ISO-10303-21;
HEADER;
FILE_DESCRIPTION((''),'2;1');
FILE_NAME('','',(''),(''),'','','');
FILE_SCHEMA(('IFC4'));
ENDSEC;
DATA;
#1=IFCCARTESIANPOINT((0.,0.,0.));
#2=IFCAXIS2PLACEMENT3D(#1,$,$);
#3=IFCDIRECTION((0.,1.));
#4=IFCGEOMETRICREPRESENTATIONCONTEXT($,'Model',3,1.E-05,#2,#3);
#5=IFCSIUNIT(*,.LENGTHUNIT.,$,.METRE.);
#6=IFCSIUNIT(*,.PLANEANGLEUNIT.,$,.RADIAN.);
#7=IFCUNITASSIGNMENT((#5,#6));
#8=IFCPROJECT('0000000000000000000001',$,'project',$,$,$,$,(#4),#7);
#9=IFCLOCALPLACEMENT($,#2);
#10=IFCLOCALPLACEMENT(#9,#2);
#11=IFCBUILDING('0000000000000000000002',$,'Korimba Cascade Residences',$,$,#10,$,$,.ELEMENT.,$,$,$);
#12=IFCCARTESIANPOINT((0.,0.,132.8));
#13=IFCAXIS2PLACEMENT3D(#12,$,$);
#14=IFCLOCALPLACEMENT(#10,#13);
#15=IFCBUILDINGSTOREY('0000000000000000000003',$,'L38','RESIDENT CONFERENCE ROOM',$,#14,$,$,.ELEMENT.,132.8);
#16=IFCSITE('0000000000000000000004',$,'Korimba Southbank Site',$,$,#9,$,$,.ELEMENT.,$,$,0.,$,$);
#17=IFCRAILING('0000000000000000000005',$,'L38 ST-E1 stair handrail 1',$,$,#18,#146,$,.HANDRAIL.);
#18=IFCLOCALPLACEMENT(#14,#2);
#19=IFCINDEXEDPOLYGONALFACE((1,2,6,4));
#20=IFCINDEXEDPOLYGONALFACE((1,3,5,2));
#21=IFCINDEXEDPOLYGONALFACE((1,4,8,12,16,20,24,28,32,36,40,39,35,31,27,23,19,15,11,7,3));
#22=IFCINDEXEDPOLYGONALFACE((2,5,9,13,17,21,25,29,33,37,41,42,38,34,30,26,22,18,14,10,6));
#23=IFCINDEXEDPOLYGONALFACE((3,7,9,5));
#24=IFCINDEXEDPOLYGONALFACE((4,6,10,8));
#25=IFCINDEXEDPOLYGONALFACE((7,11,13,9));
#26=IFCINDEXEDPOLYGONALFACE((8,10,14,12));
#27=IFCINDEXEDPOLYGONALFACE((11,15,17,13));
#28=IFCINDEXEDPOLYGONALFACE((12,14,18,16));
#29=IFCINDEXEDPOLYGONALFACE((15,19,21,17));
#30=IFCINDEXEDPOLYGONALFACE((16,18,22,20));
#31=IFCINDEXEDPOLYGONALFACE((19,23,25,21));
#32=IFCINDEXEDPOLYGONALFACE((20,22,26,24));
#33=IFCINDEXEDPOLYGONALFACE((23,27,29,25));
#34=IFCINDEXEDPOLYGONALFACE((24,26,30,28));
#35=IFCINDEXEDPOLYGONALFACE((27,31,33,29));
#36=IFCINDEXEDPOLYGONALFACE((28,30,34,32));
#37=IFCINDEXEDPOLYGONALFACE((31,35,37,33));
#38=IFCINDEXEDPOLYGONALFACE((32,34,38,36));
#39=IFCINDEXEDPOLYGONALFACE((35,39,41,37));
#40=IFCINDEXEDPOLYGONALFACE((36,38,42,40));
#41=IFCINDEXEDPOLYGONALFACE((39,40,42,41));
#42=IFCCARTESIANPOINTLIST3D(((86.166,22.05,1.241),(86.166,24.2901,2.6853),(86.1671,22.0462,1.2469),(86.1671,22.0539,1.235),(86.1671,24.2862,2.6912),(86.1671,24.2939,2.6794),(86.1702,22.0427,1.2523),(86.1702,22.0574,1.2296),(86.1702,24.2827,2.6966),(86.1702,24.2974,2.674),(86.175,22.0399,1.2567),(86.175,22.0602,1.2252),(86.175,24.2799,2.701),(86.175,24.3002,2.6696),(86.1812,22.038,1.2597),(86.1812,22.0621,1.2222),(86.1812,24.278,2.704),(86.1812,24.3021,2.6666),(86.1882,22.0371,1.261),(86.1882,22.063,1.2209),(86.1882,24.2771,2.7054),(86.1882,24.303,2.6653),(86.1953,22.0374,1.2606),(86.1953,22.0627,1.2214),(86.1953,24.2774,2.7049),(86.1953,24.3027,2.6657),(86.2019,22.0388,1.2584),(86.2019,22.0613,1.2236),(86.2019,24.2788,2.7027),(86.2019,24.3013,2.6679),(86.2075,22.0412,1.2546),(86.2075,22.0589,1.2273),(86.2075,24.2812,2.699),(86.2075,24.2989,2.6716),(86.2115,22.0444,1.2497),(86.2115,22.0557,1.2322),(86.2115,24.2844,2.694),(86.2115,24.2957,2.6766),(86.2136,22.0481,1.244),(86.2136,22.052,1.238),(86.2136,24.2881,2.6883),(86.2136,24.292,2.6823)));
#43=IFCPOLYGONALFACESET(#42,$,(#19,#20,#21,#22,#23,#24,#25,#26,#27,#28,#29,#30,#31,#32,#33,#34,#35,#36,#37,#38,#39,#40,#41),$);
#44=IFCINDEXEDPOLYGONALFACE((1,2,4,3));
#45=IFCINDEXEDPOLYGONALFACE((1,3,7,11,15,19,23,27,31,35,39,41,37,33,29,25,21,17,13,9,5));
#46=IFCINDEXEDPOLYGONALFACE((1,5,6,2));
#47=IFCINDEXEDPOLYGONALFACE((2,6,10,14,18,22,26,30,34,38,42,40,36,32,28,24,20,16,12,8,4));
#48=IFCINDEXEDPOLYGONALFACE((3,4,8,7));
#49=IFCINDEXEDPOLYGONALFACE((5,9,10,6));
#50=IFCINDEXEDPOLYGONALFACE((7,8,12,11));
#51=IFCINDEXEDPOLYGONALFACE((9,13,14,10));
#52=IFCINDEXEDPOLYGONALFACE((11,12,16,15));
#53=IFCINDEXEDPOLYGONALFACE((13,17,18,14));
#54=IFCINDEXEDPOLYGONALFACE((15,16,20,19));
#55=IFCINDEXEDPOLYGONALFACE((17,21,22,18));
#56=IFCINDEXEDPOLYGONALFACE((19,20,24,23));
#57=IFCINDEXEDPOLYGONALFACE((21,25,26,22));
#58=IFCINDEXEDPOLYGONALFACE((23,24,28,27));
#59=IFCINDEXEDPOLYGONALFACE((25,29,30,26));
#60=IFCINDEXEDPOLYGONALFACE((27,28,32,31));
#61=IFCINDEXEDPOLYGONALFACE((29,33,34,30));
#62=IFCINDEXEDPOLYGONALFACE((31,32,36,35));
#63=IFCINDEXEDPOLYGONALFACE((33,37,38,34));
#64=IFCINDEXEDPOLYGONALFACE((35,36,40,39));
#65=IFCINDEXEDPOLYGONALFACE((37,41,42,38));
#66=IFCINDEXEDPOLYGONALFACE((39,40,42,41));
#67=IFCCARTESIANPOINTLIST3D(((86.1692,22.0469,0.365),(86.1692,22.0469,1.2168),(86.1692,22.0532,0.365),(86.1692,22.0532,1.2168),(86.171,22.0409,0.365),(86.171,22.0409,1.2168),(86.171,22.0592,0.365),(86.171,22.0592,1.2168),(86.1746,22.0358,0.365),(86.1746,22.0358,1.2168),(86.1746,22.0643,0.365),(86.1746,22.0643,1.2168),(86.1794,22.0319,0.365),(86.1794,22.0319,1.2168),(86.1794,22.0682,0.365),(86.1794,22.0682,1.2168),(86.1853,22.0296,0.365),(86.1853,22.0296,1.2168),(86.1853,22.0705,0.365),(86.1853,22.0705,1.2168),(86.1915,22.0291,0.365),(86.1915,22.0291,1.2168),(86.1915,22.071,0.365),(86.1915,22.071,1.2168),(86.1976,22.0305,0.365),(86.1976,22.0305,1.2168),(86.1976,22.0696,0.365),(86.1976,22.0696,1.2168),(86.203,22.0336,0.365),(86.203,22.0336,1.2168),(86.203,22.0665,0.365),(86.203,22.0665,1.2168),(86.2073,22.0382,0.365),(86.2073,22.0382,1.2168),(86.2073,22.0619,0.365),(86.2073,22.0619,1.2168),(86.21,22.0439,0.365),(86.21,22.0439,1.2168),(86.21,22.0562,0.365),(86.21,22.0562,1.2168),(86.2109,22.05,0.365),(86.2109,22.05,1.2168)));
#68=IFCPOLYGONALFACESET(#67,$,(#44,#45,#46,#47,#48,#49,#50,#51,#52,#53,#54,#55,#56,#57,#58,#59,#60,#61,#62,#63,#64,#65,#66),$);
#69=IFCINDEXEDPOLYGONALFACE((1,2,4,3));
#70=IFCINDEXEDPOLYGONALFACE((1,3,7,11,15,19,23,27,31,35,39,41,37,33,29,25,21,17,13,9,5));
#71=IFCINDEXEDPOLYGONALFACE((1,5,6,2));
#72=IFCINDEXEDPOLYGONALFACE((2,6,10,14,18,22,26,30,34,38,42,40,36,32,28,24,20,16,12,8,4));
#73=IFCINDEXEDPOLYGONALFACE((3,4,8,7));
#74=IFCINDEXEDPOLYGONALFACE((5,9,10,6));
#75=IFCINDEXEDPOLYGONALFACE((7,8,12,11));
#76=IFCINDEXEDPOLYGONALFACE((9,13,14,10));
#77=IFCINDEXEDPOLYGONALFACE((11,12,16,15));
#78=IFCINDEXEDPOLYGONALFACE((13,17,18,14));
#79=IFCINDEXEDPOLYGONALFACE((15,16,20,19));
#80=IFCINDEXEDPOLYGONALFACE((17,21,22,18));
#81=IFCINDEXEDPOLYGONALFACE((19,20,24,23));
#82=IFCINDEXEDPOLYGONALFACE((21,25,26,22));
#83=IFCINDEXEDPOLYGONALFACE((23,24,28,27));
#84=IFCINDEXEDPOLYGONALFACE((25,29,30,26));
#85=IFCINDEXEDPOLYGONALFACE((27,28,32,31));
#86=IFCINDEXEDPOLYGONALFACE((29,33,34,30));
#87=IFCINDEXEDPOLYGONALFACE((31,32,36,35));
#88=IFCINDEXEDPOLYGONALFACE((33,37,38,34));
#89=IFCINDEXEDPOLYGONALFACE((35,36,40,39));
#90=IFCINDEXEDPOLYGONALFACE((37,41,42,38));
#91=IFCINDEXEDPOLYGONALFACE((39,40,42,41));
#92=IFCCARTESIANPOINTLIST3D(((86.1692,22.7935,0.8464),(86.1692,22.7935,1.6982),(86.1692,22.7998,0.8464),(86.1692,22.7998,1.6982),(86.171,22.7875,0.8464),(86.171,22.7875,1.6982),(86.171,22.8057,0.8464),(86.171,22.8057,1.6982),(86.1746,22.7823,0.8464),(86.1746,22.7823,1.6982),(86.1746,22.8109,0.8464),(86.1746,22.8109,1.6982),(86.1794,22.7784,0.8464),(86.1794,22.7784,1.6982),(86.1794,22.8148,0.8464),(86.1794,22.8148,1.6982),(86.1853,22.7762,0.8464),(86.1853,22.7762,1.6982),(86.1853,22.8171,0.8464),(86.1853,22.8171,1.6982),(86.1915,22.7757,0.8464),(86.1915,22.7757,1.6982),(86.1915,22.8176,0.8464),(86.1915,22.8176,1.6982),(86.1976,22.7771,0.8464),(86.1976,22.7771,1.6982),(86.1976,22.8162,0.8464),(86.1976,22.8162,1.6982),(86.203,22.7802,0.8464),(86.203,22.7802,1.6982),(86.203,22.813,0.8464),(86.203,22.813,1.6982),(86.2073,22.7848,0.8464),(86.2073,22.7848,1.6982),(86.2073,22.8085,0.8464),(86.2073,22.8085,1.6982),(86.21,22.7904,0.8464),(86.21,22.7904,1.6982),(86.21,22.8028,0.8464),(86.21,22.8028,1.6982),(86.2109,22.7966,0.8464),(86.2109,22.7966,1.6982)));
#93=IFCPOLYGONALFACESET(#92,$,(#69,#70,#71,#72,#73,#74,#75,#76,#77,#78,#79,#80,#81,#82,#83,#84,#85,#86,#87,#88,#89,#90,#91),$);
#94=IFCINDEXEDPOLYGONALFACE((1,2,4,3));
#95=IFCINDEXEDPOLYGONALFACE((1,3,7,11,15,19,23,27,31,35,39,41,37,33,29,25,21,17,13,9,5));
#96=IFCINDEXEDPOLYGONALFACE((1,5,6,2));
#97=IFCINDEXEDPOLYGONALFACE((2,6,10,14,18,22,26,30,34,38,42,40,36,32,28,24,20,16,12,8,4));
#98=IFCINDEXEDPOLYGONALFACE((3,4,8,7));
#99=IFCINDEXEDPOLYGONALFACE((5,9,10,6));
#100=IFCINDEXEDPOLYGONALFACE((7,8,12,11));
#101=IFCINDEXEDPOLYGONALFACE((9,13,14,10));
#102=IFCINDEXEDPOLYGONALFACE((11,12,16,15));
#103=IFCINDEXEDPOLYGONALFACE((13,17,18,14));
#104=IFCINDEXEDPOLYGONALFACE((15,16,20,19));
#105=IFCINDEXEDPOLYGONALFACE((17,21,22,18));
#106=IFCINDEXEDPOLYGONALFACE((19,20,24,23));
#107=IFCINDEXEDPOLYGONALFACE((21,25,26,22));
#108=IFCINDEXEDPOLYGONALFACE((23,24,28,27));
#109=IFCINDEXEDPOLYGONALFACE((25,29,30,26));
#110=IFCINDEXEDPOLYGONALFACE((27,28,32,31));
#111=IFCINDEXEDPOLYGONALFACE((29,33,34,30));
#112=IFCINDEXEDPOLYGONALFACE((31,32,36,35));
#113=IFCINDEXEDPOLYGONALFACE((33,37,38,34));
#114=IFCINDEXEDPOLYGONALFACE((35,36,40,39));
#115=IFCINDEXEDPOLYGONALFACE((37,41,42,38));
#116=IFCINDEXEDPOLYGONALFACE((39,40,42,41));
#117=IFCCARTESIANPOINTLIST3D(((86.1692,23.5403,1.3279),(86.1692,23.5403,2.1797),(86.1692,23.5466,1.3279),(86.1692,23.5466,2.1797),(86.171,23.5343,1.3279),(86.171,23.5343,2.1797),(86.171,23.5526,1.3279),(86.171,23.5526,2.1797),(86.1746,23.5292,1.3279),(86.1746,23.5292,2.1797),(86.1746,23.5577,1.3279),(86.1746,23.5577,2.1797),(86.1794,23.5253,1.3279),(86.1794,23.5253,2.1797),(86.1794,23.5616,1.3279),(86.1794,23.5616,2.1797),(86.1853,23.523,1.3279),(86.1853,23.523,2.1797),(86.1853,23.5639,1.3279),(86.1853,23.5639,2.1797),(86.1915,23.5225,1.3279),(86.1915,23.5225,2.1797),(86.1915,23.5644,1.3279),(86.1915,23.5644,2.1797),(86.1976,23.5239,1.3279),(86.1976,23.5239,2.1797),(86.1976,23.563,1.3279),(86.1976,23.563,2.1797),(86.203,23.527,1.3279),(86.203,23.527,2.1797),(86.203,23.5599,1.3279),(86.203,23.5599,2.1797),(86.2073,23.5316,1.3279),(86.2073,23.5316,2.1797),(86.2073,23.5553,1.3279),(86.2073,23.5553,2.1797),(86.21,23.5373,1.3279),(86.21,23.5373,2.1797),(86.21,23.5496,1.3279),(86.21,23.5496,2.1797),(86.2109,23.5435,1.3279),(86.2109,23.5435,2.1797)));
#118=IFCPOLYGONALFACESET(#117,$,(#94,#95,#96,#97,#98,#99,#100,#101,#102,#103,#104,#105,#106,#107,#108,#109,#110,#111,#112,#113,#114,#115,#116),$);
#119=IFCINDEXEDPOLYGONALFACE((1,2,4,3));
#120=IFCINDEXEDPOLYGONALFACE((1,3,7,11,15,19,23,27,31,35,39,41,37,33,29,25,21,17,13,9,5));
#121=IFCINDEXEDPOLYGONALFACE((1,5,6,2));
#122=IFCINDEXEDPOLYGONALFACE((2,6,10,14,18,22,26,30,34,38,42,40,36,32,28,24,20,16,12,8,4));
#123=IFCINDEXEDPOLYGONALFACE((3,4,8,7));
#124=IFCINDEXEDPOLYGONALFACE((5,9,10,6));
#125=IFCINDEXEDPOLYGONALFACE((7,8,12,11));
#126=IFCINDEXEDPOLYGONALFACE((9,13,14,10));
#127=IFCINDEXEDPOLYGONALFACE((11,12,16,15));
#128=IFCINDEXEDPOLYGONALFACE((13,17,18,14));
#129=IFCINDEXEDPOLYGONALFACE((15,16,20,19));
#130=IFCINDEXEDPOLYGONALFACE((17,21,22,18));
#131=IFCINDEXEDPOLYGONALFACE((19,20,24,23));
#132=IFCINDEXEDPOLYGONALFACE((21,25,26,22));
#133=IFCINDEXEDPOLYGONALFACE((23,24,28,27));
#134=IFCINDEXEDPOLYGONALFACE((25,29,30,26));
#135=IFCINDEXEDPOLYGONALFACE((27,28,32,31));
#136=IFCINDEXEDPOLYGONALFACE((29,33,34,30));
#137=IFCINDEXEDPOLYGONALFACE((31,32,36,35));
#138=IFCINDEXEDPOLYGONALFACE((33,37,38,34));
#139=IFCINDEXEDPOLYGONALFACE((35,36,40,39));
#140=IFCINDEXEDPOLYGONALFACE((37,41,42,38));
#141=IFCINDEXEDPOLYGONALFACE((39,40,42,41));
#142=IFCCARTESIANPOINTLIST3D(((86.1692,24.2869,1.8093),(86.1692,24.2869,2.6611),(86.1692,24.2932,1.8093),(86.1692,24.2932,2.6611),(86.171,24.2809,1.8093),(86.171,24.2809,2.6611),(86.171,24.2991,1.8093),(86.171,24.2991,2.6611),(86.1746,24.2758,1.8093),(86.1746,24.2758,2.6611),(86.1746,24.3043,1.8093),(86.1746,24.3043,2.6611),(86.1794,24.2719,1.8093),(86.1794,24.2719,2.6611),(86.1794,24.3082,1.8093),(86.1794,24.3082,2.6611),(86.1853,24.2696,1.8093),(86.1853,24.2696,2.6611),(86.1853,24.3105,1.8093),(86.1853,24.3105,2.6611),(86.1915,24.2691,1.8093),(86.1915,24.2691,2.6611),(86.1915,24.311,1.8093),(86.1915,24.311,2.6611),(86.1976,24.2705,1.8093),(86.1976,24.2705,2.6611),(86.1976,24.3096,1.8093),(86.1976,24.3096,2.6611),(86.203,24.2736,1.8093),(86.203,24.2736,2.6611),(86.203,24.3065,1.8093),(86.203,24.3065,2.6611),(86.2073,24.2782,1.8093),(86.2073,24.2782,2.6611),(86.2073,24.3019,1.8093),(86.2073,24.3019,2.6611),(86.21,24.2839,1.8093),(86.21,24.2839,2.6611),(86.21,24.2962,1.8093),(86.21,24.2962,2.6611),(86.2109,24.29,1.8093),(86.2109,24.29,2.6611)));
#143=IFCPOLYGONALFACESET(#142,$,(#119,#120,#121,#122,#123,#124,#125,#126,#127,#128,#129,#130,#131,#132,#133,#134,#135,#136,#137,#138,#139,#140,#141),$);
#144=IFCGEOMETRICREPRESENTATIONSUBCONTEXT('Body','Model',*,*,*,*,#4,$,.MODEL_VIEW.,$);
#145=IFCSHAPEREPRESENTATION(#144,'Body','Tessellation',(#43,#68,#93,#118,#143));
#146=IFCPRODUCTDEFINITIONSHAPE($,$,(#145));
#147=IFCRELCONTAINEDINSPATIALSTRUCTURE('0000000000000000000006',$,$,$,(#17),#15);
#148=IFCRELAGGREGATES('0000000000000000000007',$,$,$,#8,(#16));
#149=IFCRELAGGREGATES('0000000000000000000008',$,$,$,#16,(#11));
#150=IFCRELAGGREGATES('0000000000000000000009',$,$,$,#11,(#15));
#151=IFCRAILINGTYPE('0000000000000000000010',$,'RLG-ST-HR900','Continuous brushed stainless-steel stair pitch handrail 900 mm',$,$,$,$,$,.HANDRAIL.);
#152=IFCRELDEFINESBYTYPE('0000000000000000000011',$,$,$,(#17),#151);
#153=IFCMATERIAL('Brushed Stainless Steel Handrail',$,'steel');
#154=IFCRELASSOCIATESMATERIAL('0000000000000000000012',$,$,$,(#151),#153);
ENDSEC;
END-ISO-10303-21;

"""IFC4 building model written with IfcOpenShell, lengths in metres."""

from ifc_helpers import new_model, si_unit, direction, frame, origin, origin_2d, place, context, subcontext, project, spatial, circle, extrude, material, type_object, element, save


model = new_model("IFC4")

# Units and contexts
model_context = context("Model", 3, precision=1e-05, world=origin(), true_north=direction((0.0, 1.0)))
body_context = subcontext(model_context, "Body", "Model", "MODEL_VIEW")
ifc_project = project(units=[si_unit("LENGTHUNIT", "METRE"), si_unit("PLANEANGLEUNIT", "RADIAN")], contexts=[model_context])

# Site, building, storey
site_placement = place(None, origin())
site = spatial("IfcSite", under=ifc_project, at=site_placement, Name="Korimba Southbank Site", CompositionType="ELEMENT", RefElevation=0.0)
building_placement = place(site_placement, origin())
building = spatial("IfcBuilding", under=site, at=building_placement, Name="Korimba Cascade Residences", CompositionType="ELEMENT")
storey_placement = place(building_placement, frame((0.0, 0.0, 132.8)))
storey = spatial("IfcBuildingStorey", under=building, at=storey_placement, Name="L38", Description="RESIDENT CONFERENCE ROOM", CompositionType="ELEMENT", Elevation=132.8)

# Railing
ifc_material_1 = material(Name="Brushed Stainless Steel Handrail", Category="steel")
railing_type = type_object("IfcRailingType", Name="RLG-ST-HR900", Description="Continuous brushed stainless-steel stair pitch handrail 900 mm", PredefinedType="HANDRAIL", material=ifc_material_1)
railing_placement = place(storey_placement, frame((86.1899, 22.05, 0.365)))
element("IfcRailing", 1, at=railing_placement, inside=storey, type_object=railing_type, Name="L38 ST-E1 stair handrail 1", PredefinedType="HANDRAIL", context=body_context, shape_type="SweptSolid", body=[
    extrude(circle(Radius=0.0239, at=origin_2d()), frame((0.0, 0.0, 0.876), z_axis=(0.0, 0.840437, 0.54191), x_axis=(-1.0, 0.0, 0.0)), (0.0, 0.0, 1.0), 2.6653),
    extrude(circle(Radius=0.021, at=origin_2d()), origin(), (0.0, 0.0, 1.0), 0.8518),
    extrude(circle(Radius=0.021, at=origin_2d()), frame((0.0, 0.7466, 0.4814)), (0.0, 0.0, 1.0), 0.8518),
    extrude(circle(Radius=0.021, at=origin_2d()), frame((0.0, 1.4934, 0.9629)), (0.0, 0.0, 1.0), 0.8518),
    extrude(circle(Radius=0.021, at=origin_2d()), frame((0.0, 2.24, 1.4443)), (0.0, 0.0, 1.0), 0.8518),
])

save(model, "model.ifc")
